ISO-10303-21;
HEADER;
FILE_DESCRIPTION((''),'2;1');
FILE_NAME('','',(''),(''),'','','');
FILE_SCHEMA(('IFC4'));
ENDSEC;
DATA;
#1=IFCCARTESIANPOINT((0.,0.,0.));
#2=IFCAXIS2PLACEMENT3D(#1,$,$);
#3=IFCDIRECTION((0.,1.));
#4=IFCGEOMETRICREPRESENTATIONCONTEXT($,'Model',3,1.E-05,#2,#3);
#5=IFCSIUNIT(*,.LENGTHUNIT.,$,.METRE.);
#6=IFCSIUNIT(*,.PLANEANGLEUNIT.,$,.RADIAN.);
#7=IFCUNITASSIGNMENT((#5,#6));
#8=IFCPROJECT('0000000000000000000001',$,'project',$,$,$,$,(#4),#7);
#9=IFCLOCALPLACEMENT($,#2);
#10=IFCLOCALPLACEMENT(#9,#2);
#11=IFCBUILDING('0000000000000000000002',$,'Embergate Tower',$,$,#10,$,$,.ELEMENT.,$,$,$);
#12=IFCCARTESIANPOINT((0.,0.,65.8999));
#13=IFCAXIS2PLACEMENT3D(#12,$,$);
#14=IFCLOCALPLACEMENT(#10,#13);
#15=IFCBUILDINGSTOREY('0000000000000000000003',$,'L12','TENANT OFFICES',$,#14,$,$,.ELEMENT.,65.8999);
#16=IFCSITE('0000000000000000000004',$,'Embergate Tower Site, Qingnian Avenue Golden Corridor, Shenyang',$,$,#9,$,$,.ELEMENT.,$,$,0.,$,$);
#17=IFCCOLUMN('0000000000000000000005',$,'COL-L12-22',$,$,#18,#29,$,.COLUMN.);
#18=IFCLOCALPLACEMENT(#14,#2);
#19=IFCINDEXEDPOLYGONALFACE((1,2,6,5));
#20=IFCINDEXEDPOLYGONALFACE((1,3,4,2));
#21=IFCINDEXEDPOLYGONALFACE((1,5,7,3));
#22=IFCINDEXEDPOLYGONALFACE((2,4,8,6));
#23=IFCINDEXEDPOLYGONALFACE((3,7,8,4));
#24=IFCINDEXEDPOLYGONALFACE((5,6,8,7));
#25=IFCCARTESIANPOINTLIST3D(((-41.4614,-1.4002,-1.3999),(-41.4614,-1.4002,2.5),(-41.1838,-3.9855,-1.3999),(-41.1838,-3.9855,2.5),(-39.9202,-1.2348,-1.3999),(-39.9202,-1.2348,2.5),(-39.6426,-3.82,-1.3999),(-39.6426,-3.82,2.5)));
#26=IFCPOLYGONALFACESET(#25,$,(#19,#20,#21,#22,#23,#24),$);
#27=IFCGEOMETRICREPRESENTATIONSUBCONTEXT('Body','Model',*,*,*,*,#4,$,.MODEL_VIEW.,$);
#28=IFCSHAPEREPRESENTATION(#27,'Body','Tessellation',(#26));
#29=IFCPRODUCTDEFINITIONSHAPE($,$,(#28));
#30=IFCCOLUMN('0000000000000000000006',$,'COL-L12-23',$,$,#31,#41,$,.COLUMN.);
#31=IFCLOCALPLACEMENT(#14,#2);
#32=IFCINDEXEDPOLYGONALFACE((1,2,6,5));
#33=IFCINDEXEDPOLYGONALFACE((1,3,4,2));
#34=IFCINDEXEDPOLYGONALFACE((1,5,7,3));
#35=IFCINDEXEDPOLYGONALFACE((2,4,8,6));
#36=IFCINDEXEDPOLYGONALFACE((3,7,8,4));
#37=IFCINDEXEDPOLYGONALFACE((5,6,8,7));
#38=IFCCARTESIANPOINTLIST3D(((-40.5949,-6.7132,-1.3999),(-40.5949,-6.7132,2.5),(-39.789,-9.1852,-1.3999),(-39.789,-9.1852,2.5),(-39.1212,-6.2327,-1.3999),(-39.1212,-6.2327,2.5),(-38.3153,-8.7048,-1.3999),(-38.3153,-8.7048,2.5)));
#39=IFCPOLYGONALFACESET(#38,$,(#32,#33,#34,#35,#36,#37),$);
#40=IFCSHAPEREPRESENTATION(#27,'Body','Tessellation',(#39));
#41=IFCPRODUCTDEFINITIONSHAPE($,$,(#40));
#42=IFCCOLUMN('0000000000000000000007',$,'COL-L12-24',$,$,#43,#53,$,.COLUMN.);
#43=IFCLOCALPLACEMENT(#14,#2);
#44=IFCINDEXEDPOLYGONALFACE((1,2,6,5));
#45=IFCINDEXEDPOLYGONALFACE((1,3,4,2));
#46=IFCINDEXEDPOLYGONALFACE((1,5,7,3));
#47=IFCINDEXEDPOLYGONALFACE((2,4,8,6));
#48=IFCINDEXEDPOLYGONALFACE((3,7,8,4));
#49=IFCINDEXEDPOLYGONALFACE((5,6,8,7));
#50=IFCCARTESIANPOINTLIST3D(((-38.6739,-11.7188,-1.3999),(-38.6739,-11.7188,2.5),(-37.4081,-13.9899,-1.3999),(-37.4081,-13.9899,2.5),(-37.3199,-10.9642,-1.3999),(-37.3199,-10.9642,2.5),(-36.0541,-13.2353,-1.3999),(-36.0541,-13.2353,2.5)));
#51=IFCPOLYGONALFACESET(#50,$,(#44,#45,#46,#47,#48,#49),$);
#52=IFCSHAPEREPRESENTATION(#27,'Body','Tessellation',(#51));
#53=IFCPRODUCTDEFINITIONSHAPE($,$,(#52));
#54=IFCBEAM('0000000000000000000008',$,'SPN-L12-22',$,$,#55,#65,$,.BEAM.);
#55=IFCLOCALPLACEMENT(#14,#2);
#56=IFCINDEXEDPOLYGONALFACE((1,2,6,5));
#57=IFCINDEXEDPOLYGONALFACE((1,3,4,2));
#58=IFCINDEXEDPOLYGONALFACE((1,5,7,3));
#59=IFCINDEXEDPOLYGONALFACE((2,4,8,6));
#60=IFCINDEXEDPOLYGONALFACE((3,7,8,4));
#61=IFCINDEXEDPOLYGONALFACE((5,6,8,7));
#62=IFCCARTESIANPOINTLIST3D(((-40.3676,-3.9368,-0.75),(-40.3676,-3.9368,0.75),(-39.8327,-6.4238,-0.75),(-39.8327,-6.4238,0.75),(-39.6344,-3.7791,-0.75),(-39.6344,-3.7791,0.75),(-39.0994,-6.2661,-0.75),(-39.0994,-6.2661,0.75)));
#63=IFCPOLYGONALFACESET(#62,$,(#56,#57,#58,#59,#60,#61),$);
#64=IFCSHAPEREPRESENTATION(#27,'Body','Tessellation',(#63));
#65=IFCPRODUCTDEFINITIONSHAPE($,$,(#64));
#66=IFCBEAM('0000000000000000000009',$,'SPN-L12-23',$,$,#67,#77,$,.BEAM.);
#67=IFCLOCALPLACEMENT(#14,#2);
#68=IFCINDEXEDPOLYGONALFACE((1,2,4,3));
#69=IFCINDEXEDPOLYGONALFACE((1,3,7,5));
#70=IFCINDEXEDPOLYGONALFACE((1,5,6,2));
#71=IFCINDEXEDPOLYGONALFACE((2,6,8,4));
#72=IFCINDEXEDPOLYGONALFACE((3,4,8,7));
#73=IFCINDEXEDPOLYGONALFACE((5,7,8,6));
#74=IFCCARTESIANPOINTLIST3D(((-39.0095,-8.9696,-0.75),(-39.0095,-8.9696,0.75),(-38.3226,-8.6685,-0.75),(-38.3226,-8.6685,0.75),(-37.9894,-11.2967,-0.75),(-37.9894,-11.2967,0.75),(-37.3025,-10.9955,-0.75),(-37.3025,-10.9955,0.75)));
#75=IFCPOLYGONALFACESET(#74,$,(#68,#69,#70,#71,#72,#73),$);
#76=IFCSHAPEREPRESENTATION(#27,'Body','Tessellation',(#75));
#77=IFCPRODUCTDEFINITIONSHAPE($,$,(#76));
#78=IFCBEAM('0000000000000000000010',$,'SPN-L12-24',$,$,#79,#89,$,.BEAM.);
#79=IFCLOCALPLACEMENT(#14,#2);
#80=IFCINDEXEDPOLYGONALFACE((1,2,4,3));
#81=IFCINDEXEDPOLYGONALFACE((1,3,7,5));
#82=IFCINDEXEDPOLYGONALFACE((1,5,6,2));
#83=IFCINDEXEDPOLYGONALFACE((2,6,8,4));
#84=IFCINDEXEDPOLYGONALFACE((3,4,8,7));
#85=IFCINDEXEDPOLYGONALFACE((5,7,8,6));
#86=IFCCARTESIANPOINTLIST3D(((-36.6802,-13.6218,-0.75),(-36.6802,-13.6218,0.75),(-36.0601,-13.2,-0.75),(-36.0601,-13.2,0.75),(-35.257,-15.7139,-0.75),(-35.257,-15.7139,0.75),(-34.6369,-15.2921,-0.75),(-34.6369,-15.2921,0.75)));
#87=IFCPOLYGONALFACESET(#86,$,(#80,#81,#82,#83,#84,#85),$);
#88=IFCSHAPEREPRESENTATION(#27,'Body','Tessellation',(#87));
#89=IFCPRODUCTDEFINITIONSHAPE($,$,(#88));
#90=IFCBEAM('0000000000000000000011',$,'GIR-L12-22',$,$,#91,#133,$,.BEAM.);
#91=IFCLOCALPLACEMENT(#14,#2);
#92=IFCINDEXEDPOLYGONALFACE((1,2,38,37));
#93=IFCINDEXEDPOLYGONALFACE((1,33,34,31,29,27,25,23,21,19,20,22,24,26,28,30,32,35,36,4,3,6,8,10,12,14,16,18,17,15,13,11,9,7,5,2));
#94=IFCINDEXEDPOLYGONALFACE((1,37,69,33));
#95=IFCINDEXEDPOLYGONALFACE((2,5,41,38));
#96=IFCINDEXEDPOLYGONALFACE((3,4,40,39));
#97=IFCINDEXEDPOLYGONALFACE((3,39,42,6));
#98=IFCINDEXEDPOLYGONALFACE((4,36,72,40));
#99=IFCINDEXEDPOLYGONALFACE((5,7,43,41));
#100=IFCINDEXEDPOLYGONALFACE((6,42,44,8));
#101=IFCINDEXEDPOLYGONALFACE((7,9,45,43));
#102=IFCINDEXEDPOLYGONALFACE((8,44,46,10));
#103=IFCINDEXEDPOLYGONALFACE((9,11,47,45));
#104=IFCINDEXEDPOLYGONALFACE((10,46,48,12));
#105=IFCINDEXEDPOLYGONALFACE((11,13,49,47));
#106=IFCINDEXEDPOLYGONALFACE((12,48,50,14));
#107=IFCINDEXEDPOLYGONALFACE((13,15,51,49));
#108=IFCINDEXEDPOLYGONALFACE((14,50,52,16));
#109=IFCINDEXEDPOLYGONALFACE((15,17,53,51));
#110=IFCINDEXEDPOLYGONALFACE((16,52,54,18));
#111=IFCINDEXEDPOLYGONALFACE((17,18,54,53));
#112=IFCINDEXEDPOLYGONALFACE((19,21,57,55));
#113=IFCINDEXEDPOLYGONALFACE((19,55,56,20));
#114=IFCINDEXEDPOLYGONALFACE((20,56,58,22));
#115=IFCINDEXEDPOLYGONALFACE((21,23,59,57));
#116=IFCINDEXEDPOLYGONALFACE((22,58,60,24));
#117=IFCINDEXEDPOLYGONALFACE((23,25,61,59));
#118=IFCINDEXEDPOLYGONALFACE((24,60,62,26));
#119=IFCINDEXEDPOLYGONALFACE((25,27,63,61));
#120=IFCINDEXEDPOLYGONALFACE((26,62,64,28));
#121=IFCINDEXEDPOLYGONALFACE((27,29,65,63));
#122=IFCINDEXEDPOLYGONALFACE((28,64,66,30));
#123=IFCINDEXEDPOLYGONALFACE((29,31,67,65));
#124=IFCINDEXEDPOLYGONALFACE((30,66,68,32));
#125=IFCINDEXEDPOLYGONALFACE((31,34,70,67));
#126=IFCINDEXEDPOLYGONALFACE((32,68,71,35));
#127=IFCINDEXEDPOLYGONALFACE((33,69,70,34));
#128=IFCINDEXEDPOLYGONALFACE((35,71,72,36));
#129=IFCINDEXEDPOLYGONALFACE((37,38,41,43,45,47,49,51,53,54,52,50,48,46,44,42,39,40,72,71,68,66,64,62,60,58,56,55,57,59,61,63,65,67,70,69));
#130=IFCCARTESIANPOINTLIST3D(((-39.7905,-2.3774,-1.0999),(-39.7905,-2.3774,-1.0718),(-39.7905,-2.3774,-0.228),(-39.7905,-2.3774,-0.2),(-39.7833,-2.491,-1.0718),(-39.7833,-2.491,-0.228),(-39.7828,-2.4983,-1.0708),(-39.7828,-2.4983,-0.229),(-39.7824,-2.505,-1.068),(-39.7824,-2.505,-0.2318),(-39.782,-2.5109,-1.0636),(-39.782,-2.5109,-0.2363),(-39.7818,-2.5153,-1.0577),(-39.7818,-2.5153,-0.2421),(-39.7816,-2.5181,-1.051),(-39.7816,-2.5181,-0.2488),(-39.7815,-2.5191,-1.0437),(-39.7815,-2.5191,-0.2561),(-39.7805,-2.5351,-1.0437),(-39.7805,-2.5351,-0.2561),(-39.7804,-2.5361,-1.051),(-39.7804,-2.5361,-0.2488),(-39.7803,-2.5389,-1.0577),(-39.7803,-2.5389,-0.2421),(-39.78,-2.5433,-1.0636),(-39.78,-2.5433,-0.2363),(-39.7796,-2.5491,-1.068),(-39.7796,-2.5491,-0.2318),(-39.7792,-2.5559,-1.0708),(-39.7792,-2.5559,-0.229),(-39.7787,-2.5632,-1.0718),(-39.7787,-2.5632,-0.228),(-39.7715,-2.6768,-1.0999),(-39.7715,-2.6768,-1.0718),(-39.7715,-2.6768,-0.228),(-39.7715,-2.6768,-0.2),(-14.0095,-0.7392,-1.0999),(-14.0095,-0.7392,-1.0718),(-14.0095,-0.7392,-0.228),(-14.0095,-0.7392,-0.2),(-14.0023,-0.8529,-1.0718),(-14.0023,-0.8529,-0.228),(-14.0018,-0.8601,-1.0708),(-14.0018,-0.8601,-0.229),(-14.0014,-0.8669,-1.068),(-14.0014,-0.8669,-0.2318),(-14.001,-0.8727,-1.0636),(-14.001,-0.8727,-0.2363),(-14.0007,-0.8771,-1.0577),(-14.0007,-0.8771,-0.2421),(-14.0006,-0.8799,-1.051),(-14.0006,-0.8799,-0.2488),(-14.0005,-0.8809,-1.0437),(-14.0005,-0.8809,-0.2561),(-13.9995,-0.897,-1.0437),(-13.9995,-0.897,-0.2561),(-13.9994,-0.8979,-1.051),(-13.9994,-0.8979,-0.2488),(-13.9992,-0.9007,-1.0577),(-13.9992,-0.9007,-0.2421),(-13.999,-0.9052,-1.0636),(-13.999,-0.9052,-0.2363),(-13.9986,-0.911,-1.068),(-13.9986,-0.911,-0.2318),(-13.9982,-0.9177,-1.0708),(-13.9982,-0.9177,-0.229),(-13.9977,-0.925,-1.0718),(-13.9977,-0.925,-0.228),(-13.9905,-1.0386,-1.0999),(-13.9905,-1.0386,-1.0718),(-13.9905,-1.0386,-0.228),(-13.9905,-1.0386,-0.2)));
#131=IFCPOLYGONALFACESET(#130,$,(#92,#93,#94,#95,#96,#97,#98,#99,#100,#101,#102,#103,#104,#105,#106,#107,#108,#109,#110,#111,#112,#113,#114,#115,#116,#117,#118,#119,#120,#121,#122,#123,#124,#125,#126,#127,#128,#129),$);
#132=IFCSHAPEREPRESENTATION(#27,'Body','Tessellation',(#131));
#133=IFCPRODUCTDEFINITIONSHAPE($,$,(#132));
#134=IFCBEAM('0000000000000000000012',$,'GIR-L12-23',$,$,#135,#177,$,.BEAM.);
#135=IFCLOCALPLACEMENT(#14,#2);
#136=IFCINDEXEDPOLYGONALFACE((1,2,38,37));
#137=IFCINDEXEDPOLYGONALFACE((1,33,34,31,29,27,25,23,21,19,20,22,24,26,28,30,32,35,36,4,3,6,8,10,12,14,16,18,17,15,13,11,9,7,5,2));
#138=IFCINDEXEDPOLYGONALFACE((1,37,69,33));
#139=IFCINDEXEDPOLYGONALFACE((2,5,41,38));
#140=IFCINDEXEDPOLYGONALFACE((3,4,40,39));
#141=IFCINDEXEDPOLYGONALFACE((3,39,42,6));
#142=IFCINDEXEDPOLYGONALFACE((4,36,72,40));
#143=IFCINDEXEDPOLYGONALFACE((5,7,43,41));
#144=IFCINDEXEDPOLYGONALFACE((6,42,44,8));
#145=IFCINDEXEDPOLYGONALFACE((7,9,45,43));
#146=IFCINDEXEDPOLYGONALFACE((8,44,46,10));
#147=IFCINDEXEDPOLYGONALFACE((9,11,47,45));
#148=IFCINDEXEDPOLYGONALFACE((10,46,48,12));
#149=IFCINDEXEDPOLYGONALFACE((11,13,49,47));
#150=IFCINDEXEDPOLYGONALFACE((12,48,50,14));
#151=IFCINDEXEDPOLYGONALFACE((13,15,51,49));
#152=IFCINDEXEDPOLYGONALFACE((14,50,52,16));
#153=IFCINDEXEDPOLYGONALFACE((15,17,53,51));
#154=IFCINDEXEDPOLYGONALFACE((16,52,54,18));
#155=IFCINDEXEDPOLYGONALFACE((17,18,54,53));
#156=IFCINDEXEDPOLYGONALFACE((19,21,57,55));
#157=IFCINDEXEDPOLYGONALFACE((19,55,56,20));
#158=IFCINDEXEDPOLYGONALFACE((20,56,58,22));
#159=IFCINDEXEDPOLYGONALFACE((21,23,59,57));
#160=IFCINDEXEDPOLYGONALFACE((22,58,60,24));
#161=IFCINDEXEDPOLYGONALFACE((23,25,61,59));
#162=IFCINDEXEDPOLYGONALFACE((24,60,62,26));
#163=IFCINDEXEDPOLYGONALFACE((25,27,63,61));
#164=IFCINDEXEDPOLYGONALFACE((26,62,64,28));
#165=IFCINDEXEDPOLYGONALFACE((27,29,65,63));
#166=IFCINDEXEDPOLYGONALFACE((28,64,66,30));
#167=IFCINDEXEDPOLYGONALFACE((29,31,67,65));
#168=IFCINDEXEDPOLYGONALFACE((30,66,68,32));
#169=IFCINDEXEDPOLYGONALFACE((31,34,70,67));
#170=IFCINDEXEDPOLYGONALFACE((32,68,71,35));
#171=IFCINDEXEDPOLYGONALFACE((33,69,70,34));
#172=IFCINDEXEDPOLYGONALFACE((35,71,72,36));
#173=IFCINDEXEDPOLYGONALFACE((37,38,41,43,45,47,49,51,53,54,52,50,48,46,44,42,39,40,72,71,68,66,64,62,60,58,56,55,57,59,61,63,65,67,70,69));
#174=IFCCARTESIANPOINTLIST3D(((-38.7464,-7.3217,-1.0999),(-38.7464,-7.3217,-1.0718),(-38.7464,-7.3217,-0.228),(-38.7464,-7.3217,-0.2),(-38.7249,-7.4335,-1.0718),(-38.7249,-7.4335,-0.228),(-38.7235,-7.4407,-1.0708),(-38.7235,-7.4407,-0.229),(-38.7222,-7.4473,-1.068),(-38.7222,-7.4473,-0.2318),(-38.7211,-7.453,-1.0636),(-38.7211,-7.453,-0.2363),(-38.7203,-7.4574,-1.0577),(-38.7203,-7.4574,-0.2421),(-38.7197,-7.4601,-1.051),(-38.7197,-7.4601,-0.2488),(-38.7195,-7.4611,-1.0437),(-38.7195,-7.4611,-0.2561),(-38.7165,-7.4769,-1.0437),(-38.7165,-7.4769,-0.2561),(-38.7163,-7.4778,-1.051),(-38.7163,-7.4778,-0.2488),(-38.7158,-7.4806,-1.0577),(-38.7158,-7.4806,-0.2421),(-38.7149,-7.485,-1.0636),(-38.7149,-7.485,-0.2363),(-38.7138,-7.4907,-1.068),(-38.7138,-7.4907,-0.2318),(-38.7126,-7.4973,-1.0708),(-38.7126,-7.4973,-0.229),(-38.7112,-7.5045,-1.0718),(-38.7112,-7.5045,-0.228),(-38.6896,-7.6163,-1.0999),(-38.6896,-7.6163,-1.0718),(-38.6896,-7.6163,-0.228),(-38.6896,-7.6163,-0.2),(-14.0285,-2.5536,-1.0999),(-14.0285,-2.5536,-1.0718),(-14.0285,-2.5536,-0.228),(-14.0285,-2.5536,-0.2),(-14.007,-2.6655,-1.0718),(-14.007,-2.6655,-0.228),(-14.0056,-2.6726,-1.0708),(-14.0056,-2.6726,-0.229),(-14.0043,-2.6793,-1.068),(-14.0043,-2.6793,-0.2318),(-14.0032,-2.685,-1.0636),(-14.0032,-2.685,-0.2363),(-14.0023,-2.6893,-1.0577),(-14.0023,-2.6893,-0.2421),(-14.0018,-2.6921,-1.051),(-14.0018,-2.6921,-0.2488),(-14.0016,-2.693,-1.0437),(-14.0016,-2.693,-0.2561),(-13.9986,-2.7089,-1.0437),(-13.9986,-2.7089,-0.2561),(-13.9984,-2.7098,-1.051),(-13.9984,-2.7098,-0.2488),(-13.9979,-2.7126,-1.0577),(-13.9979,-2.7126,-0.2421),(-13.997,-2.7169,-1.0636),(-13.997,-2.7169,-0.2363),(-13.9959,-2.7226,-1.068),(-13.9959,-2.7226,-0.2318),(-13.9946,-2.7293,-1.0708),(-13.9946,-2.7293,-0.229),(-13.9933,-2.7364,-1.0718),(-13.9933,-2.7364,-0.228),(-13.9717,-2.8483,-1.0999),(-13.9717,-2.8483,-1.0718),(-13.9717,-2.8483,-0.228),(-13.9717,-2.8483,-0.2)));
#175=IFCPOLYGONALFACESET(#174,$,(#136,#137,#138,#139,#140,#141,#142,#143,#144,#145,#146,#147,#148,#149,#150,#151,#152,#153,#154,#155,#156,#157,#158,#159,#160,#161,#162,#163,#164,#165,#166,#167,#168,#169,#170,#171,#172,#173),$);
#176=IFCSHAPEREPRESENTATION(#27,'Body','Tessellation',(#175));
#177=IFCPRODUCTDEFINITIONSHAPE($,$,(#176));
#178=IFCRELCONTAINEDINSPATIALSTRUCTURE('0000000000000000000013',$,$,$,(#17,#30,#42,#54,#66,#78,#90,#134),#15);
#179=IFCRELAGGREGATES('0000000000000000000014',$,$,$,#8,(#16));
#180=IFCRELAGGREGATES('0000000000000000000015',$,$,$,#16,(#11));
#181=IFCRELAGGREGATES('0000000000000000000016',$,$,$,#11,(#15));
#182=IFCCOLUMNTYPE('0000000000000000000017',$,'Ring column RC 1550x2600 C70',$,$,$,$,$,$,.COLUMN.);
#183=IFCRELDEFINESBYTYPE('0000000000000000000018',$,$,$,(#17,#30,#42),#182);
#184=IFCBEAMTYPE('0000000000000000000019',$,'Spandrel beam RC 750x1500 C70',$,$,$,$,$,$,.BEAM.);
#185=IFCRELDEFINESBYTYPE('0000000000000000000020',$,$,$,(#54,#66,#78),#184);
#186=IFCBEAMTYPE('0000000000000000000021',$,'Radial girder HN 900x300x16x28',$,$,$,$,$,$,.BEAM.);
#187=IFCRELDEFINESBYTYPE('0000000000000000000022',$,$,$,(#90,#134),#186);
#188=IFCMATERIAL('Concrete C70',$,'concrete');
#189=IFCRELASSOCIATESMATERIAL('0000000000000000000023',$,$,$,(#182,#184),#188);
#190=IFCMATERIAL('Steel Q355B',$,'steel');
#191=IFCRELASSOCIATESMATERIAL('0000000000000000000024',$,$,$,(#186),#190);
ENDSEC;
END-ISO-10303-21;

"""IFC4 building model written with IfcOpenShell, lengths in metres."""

from ifc_helpers import new_model, si_unit, direction, frame, origin, origin_2d, place, context, subcontext, project, spatial, rectangle, i_section, extrude, source, transform, mapped, material, material_profile, profile_set, type_object, element, save


model = new_model("IFC4")

# Units and contexts
model_context = context("Model", 3, precision=1e-05, world=origin(), true_north=direction((0.0, 1.0)))
body_context = subcontext(model_context, "Body", "Model", "MODEL_VIEW")
ifc_project = project(units=[si_unit("LENGTHUNIT", "METRE"), si_unit("PLANEANGLEUNIT", "RADIAN")], contexts=[model_context])

# Site, building, storey
site_placement = place(None, origin())
site = spatial("IfcSite", under=ifc_project, at=site_placement, Name="Embergate Tower Site, Qingnian Avenue Golden Corridor, Shenyang", CompositionType="ELEMENT", RefElevation=0.0)
building_placement = place(site_placement, origin())
building = spatial("IfcBuilding", under=site, at=building_placement, Name="Embergate Tower", CompositionType="ELEMENT")
storey_placement = place(building_placement, frame((0.0, 0.0, 65.8999)))
storey = spatial("IfcBuildingStorey", under=building, at=storey_placement, Name="L12", Description="TENANT OFFICES", CompositionType="ELEMENT", Elevation=65.8999)

# Columns
ifc_material_1 = material(Name="Concrete C70", Category="concrete")
ifc_material_profile_1 = material_profile(ifc_material_1, rectangle(XDim=1.55, YDim=2.6001, at=origin_2d()), Name="RC 1550x2600")
ifc_profile_set_1 = profile_set([ifc_material_profile_1], Name="Concrete C70")
column_type = type_object("IfcColumnType", Name="Ring column RC 1550x2600 C70", PredefinedType="COLUMN", material=ifc_profile_set_1)
shared_shape_1 = source(origin(), body_context, "Body", "SweptSolid", [
    extrude(rectangle(XDim=1.55, YDim=2.6001, at=origin_2d()), origin(), (0.0, 0.0, 1.0), 3.8999),
])
for number, where, z_axis, x_axis, name in (
    (1, (-40.552, -2.6101, -1.3999), (0.0, 0.0, 1.0), (-0.994286, -0.10675, 0.0), "COL-L12-22"),
    (2, (-39.4551, -7.709, -1.3999), (0.0, 0.0, 1.0), (-0.950754, -0.309946, 0.0), "COL-L12-23"),
    (3, (-37.364, -12.4771, -1.3999), (0.0, 0.0, 1.0), (-0.8735, -0.486823, 0.0), "COL-L12-24"),
):
    element("IfcColumn", number, at=place(storey_placement, frame(where, z_axis=z_axis, x_axis=x_axis)), inside=storey, type_object=column_type, Name=name, PredefinedType="COLUMN", context=body_context, shape_type="MappedRepresentation", body=[
        mapped(shared_shape_1, transform((0.0, 0.0, 0.0))),
    ])

# Beams
ifc_material_profile_2 = material_profile(ifc_material_1, rectangle(XDim=0.75, YDim=1.5, at=origin_2d()), Name="RC 750x1500")
ifc_profile_set_2 = profile_set([ifc_material_profile_2], Name="Concrete C70")
beam_type_1 = type_object("IfcBeamType", Name="Spandrel beam RC 750x1500 C70", PredefinedType="BEAM", material=ifc_profile_set_2)
shared_shape_2 = source(origin(), body_context, "Body", "SweptSolid", [
    extrude(rectangle(XDim=0.75, YDim=1.5, at=origin_2d()), origin(), (0.0, 0.0, 1.0), 2.5439),
])
beam_1_placement = place(storey_placement, frame((-40.001, -3.8579, 0.0), z_axis=(0.21027, -0.977643, 0.0), x_axis=(0.977643, 0.21027, 0.0)))
element("IfcBeam", 4, at=beam_1_placement, inside=storey, type_object=beam_type_1, Name="SPN-L12-22", PredefinedType="BEAM", context=body_context, shape_type="MappedRepresentation", body=[
    mapped(shared_shape_2, transform((0.0, 0.0, 0.0))),
])
shared_shape_3 = source(origin(), body_context, "Body", "SweptSolid", [
    extrude(rectangle(XDim=0.75, YDim=1.5, at=origin_2d()), origin(), (0.0, 0.0, 1.0), 2.5408),
])
beam_2_placement = place(storey_placement, frame((-38.666, -8.8191, 0.0), z_axis=(0.401479, -0.915868, 0.0), x_axis=(0.915868, 0.401479, 0.0)))
element("IfcBeam", 5, at=beam_2_placement, inside=storey, type_object=beam_type_1, Name="SPN-L12-23", PredefinedType="BEAM", context=body_context, shape_type="MappedRepresentation", body=[
    mapped(shared_shape_3, transform((0.0, 0.0, 0.0))),
])
shared_shape_4 = source(origin(), body_context, "Body", "SweptSolid", [
    extrude(rectangle(XDim=0.75, YDim=1.5, at=origin_2d()), origin(), (0.0, 0.0, 1.0), 2.5303),
])
beam_3_placement = place(storey_placement, frame((-36.3701, -13.4109, 0.0), z_axis=(0.562447, -0.826833, 0.0), x_axis=(0.826833, 0.562447, 0.0)))
element("IfcBeam", 6, at=beam_3_placement, inside=storey, type_object=beam_type_1, Name="SPN-L12-24", PredefinedType="BEAM", context=body_context, shape_type="MappedRepresentation", body=[
    mapped(shared_shape_4, transform((0.0, 0.0, 0.0))),
])
ifc_material_2 = material(Name="Steel Q355B", Category="steel")
ifc_material_profile_3 = material_profile(ifc_material_2, i_section(OverallWidth=0.3, OverallDepth=0.8999, WebThickness=0.0161, FlangeThickness=0.0281, FilletRadius=0.0281, at=origin_2d()), Name="HN 900x300x16x28")
ifc_profile_set_3 = profile_set([ifc_material_profile_3], Name="Steel Q355 grade B")
beam_type_2 = type_object("IfcBeamType", Name="Radial girder HN 900x300x16x28", PredefinedType="BEAM", material=ifc_profile_set_3)
shared_shape_5 = source(origin(), body_context, "Body", "SweptSolid", [
    extrude(i_section(OverallWidth=0.3, OverallDepth=0.8999, WebThickness=0.0161, FlangeThickness=0.0281, FilletRadius=0.0281, at=origin_2d()), origin(), (0.0, 0.0, 1.0), 25.833),
])
beam_4_placement = place(storey_placement, frame((-39.781, -2.5271, -0.6499), z_axis=(0.997987, 0.063414, 0.0), x_axis=(-0.063414, 0.997987, 0.0)))
element("IfcBeam", 7, at=beam_4_placement, inside=storey, type_object=beam_type_2, Name="GIR-L12-22", PredefinedType="BEAM", context=body_context, shape_type="MappedRepresentation", body=[
    mapped(shared_shape_5, transform((0.0, 0.0, 0.0))),
])
shared_shape_6 = source(origin(), body_context, "Body", "SweptSolid", [
    extrude(i_section(OverallWidth=0.3, OverallDepth=0.8999, WebThickness=0.0161, FlangeThickness=0.0281, FilletRadius=0.0281, at=origin_2d()), origin(), (0.0, 0.0, 1.0), 25.1736),
])
beam_5_placement = place(storey_placement, frame((-38.718, -7.469, -0.6499), z_axis=(0.981899, 0.189407, 0.0), x_axis=(-0.189407, 0.981899, 0.0)))
element("IfcBeam", 8, at=beam_5_placement, inside=storey, type_object=beam_type_2, Name="GIR-L12-23", PredefinedType="BEAM", context=body_context, shape_type="MappedRepresentation", body=[
    mapped(shared_shape_6, transform((0.0, 0.0, 0.0))),
])

save(model, "model.ifc")
